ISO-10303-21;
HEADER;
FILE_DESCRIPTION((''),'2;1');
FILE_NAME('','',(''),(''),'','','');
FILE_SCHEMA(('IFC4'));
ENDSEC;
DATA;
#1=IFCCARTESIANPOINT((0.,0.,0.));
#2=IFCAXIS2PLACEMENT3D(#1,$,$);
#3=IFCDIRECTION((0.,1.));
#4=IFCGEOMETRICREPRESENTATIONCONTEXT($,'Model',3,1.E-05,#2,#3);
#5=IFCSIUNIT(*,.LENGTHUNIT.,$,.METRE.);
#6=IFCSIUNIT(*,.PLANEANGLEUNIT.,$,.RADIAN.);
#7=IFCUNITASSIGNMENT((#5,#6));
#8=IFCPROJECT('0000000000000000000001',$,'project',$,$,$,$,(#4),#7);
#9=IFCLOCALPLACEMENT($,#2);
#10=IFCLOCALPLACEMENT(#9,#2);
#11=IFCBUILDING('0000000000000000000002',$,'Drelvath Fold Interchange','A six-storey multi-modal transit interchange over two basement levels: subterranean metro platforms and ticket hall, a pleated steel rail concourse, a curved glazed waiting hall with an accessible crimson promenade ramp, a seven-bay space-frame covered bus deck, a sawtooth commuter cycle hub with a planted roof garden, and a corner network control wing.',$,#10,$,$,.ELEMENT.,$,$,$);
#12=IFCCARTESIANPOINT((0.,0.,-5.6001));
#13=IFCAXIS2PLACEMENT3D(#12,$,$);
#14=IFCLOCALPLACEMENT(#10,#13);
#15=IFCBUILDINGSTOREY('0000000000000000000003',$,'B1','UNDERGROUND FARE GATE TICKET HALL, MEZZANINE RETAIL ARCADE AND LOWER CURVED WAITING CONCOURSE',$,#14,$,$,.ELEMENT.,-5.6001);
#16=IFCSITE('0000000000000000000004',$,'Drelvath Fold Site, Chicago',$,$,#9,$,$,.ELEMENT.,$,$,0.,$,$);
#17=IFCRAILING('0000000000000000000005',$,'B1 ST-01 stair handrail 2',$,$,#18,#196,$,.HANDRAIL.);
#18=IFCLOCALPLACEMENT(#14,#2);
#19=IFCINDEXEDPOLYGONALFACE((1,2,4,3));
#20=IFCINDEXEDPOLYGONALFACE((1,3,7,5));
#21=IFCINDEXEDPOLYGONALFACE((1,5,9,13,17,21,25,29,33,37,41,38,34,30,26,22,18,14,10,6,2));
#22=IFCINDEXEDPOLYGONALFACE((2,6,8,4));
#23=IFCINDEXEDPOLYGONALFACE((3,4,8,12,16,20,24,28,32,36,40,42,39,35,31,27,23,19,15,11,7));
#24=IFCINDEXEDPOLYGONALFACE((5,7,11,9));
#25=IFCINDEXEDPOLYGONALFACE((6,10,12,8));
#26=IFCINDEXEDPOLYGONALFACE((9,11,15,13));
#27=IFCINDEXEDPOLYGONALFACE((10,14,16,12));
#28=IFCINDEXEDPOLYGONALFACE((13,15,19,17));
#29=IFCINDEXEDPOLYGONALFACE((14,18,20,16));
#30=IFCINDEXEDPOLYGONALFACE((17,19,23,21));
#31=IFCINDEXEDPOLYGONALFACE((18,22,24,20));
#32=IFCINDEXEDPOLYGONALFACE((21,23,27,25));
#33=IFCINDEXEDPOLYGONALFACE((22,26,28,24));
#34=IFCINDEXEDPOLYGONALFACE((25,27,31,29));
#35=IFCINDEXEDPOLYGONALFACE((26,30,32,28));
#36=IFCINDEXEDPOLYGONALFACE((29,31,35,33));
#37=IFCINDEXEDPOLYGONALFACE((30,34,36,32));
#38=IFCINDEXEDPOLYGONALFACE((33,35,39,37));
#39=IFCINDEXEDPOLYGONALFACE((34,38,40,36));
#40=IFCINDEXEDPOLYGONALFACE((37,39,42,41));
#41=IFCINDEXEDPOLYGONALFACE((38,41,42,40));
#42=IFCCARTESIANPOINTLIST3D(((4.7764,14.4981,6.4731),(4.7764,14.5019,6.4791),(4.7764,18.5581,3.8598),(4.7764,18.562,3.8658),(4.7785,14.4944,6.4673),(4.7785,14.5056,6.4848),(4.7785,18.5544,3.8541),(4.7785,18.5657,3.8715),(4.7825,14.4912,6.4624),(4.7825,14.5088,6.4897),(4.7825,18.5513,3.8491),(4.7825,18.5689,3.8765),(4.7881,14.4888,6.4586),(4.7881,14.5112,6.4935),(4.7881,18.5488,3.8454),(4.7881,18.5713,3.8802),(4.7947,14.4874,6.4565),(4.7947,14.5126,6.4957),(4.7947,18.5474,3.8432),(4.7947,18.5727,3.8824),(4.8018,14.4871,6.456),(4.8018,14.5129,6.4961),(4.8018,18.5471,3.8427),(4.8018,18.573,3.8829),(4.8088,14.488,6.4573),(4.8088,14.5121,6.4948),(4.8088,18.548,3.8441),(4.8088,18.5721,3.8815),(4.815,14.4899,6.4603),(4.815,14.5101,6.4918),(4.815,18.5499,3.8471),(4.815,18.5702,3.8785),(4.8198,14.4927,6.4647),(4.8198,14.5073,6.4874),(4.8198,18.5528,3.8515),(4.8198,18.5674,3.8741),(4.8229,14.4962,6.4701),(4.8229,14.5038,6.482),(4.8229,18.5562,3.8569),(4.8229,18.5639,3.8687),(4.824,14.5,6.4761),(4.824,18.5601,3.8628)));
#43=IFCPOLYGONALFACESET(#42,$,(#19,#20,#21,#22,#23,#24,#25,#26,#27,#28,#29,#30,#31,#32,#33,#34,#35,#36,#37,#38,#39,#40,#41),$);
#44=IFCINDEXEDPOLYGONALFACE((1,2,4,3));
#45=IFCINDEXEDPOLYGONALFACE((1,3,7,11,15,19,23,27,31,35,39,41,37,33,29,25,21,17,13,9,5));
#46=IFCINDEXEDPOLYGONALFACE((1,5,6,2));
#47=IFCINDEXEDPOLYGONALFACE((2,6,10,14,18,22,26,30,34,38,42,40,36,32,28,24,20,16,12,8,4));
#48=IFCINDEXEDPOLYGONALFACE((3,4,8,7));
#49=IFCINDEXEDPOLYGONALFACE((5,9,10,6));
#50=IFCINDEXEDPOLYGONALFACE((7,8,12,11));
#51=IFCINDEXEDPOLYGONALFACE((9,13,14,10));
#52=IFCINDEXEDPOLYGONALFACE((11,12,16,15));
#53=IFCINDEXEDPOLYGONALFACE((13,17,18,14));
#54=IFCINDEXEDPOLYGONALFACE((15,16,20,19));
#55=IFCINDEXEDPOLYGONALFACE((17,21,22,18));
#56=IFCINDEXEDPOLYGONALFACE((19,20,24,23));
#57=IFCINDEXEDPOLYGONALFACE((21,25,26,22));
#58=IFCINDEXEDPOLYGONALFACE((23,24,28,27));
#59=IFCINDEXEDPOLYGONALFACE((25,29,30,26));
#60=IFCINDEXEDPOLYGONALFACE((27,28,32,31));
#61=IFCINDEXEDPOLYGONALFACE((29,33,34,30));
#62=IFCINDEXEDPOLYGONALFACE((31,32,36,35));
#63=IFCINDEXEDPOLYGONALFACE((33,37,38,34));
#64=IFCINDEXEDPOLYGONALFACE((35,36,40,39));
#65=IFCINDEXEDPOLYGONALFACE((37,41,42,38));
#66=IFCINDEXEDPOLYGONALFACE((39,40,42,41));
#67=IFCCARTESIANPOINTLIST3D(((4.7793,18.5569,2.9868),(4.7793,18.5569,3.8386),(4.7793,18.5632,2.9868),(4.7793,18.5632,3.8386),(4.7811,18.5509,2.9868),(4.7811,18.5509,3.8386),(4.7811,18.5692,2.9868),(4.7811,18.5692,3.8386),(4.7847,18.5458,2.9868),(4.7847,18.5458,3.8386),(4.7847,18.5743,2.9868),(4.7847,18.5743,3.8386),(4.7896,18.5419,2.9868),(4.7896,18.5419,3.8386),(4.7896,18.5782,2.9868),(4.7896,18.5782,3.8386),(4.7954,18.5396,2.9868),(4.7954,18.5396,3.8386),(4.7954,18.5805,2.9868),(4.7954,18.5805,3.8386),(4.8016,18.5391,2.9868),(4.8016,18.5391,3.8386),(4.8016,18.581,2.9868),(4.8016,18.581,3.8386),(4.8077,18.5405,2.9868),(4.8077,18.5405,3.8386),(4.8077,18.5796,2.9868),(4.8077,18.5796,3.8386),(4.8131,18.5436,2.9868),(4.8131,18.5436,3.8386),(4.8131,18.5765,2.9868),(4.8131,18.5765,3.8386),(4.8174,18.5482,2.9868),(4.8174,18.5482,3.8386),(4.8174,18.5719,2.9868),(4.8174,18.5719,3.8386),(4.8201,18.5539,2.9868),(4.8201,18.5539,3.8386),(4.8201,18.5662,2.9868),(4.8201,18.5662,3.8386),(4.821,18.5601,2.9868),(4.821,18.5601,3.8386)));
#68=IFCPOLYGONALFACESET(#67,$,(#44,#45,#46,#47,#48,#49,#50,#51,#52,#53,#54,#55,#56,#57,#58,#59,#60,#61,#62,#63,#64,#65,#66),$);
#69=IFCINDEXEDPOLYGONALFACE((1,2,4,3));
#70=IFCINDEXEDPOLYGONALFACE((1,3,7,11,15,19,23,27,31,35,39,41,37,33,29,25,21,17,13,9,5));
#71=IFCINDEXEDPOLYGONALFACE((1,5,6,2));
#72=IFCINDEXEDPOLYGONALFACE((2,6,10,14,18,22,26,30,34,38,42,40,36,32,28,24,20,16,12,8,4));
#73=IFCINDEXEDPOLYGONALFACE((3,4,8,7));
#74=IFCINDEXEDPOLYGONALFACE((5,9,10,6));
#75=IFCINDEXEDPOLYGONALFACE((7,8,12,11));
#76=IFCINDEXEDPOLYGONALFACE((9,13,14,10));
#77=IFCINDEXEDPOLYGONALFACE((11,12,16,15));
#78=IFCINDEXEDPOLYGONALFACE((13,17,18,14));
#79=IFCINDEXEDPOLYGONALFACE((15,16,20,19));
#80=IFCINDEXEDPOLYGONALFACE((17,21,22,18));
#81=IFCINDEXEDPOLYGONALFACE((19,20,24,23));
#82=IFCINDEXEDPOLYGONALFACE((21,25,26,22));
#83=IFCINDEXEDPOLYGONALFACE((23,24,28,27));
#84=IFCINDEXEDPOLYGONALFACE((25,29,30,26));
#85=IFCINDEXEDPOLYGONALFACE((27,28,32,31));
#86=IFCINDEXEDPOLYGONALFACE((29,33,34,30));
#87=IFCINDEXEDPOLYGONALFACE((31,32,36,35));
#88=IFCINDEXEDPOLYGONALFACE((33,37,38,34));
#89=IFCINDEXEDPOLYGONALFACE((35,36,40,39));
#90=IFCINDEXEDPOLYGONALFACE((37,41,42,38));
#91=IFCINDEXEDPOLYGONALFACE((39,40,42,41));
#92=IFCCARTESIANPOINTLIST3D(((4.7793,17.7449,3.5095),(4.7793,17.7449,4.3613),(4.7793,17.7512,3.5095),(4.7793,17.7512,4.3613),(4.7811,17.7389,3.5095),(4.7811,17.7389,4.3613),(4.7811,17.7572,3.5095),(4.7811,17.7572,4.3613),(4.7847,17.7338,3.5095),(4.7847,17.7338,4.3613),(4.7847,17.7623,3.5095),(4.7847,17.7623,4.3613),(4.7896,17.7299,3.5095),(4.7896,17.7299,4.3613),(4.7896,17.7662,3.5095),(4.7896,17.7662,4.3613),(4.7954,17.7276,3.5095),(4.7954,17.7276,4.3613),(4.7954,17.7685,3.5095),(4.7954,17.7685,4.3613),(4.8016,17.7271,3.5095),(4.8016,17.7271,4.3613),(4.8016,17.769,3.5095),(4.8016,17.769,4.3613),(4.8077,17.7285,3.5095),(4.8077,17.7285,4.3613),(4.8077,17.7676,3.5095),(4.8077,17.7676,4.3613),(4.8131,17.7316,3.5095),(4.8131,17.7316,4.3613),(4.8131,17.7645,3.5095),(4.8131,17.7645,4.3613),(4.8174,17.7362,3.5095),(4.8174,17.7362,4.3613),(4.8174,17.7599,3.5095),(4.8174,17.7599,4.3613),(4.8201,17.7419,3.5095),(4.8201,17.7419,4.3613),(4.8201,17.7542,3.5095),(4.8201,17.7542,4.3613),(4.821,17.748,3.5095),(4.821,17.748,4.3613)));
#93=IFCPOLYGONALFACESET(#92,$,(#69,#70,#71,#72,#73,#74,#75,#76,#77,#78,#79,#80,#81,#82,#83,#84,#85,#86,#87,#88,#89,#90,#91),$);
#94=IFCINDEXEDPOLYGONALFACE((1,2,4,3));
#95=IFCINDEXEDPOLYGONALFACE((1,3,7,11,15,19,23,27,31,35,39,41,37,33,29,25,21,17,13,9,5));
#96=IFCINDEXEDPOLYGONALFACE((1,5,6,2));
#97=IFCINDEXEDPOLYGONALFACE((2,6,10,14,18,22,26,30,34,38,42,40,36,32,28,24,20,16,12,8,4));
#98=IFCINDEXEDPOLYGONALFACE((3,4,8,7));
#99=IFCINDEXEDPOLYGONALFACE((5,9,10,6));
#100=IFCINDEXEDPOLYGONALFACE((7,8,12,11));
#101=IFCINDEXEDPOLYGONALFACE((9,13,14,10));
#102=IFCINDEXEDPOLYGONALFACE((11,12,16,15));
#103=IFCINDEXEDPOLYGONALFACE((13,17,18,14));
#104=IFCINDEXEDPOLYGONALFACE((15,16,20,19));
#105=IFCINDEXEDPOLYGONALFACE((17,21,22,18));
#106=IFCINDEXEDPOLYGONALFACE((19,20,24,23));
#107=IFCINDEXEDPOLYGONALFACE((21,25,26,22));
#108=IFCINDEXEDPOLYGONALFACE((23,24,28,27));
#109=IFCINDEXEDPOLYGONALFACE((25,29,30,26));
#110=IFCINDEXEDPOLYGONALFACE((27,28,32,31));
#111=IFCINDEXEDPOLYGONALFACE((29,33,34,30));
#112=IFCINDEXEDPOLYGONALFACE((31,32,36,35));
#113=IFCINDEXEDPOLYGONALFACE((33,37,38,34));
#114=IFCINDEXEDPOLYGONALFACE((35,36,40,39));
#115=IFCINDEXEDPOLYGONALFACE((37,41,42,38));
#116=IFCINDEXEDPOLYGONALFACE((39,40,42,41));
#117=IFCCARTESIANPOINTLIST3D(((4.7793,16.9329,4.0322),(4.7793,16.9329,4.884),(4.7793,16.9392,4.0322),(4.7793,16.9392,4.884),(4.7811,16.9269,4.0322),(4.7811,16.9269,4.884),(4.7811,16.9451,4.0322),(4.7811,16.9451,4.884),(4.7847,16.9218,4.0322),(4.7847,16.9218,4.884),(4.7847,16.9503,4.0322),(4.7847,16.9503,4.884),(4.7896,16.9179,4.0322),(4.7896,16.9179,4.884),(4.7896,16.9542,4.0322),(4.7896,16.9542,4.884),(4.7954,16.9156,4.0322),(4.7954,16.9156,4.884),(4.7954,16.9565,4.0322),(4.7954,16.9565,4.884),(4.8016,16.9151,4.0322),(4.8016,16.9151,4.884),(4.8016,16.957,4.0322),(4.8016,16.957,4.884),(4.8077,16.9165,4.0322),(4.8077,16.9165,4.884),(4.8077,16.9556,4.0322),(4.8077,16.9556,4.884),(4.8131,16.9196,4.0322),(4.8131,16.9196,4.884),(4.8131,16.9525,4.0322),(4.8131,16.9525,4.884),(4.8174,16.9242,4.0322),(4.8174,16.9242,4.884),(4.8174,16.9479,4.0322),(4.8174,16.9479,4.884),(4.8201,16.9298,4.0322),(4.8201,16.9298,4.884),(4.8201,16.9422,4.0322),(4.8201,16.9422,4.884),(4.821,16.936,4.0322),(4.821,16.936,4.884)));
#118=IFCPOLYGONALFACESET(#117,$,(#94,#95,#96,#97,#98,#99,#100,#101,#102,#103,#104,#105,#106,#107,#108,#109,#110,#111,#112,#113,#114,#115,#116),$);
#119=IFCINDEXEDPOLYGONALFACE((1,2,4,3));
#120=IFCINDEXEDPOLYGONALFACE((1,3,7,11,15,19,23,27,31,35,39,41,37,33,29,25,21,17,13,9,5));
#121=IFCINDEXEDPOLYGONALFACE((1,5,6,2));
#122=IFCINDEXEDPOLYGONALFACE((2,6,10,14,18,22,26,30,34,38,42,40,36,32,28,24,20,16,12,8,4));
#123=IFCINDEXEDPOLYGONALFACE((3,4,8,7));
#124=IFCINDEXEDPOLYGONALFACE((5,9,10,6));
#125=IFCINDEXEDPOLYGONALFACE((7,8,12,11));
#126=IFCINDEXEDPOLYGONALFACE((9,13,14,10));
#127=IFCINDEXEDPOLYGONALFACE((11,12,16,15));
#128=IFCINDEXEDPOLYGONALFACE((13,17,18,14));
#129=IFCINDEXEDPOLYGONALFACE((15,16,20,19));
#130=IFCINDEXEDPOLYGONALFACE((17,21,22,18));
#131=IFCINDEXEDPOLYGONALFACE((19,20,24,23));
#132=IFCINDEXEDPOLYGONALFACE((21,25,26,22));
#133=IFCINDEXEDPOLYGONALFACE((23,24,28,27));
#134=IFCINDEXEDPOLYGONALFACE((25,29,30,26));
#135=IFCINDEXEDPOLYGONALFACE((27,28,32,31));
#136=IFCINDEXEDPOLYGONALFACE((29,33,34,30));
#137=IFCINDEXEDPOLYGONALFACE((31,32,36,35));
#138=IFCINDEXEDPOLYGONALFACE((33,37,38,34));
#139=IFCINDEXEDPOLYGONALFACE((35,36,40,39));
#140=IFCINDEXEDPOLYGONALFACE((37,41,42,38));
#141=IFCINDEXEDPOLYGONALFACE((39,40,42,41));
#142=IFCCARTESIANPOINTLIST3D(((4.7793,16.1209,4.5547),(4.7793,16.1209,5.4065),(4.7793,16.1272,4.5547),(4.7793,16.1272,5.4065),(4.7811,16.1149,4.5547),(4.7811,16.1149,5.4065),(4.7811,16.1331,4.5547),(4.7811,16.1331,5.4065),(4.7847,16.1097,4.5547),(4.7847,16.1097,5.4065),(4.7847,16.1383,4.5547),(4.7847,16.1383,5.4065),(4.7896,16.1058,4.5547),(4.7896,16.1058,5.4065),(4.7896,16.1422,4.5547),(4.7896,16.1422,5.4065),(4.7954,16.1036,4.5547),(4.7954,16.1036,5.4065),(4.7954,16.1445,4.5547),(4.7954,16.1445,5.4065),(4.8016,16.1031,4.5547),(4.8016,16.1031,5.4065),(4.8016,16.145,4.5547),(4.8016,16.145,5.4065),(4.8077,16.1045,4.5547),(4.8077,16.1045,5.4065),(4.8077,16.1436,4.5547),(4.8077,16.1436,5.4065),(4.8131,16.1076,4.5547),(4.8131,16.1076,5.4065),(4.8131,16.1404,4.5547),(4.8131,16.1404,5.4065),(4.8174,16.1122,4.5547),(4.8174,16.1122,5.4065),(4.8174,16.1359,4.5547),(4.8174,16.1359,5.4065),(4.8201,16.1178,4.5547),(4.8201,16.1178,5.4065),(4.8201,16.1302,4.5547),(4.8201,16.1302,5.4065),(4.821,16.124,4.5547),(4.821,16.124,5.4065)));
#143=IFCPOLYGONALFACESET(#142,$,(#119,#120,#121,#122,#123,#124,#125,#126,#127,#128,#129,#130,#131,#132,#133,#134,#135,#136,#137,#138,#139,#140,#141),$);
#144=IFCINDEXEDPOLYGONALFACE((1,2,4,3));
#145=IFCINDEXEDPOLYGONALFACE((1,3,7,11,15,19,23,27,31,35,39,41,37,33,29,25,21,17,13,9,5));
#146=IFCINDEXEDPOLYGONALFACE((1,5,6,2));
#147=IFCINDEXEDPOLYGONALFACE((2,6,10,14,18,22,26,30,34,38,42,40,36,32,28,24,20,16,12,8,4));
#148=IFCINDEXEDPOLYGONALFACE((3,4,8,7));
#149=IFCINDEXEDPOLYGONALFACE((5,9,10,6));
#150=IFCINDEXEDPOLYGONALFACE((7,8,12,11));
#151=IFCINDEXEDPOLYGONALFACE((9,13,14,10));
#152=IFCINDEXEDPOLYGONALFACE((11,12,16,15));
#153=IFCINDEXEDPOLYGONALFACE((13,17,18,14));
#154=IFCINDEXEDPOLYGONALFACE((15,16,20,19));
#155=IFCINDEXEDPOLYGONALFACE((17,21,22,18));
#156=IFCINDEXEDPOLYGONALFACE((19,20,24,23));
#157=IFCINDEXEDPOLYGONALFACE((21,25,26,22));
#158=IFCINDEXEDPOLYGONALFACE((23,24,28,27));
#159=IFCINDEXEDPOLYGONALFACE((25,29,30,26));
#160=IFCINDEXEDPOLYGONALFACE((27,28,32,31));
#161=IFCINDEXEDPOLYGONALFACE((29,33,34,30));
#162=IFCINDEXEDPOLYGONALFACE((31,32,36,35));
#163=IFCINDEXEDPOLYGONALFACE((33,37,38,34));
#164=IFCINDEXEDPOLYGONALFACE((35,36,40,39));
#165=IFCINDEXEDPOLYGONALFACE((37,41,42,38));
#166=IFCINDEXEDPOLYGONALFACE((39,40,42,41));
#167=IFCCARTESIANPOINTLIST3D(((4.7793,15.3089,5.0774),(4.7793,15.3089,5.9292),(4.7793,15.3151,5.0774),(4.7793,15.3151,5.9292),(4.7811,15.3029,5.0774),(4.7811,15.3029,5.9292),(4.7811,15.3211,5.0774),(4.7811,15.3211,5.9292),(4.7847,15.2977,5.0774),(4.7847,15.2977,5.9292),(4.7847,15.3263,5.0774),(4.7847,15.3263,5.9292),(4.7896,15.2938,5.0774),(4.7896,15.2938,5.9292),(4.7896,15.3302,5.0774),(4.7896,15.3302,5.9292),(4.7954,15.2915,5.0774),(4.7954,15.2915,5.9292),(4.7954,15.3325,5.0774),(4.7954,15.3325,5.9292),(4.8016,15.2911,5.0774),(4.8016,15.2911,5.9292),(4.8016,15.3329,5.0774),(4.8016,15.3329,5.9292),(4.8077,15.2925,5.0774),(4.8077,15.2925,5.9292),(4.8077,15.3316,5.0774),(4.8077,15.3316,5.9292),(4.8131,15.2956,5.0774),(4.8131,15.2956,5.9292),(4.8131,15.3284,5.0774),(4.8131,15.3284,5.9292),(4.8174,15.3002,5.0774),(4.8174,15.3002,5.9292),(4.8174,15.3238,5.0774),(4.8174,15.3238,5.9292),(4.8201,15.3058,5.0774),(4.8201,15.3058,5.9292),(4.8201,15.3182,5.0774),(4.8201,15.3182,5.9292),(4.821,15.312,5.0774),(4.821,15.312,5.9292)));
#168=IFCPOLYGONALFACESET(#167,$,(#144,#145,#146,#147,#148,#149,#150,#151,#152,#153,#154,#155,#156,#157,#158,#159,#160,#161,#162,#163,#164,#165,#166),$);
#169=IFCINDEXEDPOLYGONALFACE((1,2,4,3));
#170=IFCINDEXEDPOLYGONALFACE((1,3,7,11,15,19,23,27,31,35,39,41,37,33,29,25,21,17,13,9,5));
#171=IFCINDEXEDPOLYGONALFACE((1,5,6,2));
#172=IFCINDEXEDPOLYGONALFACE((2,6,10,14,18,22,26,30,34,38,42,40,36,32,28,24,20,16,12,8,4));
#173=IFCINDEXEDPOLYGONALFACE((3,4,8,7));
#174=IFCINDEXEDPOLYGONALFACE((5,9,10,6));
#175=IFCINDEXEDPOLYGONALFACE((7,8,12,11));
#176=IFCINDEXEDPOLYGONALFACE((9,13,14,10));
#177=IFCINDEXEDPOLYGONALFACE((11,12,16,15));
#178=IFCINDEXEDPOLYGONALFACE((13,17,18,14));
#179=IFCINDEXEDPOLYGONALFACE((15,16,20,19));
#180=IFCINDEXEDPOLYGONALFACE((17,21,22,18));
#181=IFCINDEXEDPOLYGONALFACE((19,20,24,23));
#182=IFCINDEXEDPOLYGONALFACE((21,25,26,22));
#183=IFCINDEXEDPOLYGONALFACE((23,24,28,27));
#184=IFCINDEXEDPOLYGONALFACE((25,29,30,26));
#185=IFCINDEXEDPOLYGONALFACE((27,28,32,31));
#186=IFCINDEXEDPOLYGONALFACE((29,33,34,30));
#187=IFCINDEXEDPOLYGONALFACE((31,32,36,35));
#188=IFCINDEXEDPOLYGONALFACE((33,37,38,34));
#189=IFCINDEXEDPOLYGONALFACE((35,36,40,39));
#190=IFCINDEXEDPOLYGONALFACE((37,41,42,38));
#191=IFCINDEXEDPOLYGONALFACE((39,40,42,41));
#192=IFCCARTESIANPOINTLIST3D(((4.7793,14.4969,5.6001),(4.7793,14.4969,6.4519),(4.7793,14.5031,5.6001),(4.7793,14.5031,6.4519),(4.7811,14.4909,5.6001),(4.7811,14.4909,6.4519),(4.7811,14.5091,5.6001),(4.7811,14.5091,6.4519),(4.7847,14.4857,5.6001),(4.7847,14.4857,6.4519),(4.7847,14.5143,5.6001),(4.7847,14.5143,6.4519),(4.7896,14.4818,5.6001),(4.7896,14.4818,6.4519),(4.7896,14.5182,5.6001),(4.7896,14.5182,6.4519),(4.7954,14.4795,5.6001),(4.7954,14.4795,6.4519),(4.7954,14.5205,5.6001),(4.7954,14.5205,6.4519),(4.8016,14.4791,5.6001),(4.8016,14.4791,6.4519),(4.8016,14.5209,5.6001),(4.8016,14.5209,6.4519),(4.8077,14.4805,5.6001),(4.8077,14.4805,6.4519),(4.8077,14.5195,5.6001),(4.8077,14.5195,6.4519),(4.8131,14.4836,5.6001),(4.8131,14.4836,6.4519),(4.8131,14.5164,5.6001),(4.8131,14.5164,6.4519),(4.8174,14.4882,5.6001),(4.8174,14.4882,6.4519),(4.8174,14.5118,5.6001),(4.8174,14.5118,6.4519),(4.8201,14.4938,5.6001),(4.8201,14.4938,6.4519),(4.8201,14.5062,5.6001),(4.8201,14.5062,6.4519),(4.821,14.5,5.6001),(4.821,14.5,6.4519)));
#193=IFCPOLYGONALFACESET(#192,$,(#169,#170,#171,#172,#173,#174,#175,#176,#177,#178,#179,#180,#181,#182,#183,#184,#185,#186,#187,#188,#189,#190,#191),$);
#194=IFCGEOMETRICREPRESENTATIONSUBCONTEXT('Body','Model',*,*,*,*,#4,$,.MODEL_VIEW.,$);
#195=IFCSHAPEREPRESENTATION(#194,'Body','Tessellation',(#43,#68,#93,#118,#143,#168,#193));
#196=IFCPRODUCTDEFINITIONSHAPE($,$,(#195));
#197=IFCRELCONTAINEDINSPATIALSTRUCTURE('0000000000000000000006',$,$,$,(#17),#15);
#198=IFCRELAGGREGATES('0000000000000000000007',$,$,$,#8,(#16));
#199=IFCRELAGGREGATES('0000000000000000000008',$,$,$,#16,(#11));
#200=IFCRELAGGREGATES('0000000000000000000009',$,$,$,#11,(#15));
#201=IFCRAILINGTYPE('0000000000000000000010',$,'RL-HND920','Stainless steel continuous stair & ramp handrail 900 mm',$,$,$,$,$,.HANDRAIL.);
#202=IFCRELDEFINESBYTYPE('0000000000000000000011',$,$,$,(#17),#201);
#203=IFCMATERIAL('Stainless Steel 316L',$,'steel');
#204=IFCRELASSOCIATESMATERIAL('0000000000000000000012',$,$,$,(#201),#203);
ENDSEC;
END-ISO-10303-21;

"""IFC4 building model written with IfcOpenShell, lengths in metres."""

from ifc_helpers import new_model, si_unit, direction, frame, origin, origin_2d, place, context, subcontext, project, spatial, circle, extrude, material, type_object, element, save


model = new_model("IFC4")

# Units and contexts
model_context = context("Model", 3, precision=1e-05, world=origin(), true_north=direction((0.0, 1.0)))
body_context = subcontext(model_context, "Body", "Model", "MODEL_VIEW")
ifc_project = project(units=[si_unit("LENGTHUNIT", "METRE"), si_unit("PLANEANGLEUNIT", "RADIAN")], contexts=[model_context])

# Site, building, storey
site_placement = place(None, origin())
site = spatial("IfcSite", under=ifc_project, at=site_placement, Name="Drelvath Fold Site, Chicago", CompositionType="ELEMENT", RefElevation=0.0)
building_placement = place(site_placement, origin())
building = spatial("IfcBuilding", under=site, at=building_placement, Name="Drelvath Fold Interchange", Description="A six-storey multi-modal transit interchange over two basement levels: subterranean metro platforms and ticket hall, a pleated steel rail concourse, a curved glazed waiting hall with an accessible crimson promenade ramp, a seven-bay space-frame covered bus deck, a sawtooth commuter cycle hub with a planted roof garden, and a corner network control wing.", CompositionType="ELEMENT")
storey_placement = place(building_placement, frame((0.0, 0.0, -5.6001)))
storey = spatial("IfcBuildingStorey", under=building, at=storey_placement, Name="B1", Description="UNDERGROUND FARE GATE TICKET HALL, MEZZANINE RETAIL ARCADE AND LOWER CURVED WAITING CONCOURSE", CompositionType="ELEMENT", Elevation=-5.6001)

# Railing
ifc_material_1 = material(Name="Stainless Steel 316L", Category="steel")
railing_type_1 = type_object("IfcRailingType", Name="RL-HND920", Description="Stainless steel continuous stair & ramp handrail 900 mm", PredefinedType="HANDRAIL", material=ifc_material_1)
railing_1_placement = place(storey_placement, frame((4.8, 18.5601, 2.9868)))
element("IfcRailing", 1, at=railing_1_placement, inside=storey, type_object=railing_type_1, Name="B1 ST-01 stair handrail 2", PredefinedType="HANDRAIL", context=body_context, shape_type="SweptSolid", body=[
    extrude(circle(Radius=0.0239, at=origin_2d()), frame((0.0, 0.0, 0.876), z_axis=(0.0, -0.840873, 0.541233), x_axis=(1.0, 0.0, 0.0)), (0.0, 0.0, 1.0), 4.8284),
    extrude(circle(Radius=0.021, at=origin_2d()), origin(), (0.0, 0.0, 1.0), 0.8518),
    extrude(circle(Radius=0.021, at=origin_2d()), frame((0.0, -0.812, 0.5227)), (0.0, 0.0, 1.0), 0.8518),
    extrude(circle(Radius=0.021, at=origin_2d()), frame((0.0, -1.624, 1.0454)), (0.0, 0.0, 1.0), 0.8518),
    extrude(circle(Radius=0.021, at=origin_2d()), frame((0.0, -2.436, 1.5679)), (0.0, 0.0, 1.0), 0.8518),
    extrude(circle(Radius=0.021, at=origin_2d()), frame((0.0, -3.248, 2.0906)), (0.0, 0.0, 1.0), 0.8518),
    extrude(circle(Radius=0.021, at=origin_2d()), frame((0.0, -4.0601, 2.6133)), (0.0, 0.0, 1.0), 0.8518),
])

save(model, "model.ifc")
